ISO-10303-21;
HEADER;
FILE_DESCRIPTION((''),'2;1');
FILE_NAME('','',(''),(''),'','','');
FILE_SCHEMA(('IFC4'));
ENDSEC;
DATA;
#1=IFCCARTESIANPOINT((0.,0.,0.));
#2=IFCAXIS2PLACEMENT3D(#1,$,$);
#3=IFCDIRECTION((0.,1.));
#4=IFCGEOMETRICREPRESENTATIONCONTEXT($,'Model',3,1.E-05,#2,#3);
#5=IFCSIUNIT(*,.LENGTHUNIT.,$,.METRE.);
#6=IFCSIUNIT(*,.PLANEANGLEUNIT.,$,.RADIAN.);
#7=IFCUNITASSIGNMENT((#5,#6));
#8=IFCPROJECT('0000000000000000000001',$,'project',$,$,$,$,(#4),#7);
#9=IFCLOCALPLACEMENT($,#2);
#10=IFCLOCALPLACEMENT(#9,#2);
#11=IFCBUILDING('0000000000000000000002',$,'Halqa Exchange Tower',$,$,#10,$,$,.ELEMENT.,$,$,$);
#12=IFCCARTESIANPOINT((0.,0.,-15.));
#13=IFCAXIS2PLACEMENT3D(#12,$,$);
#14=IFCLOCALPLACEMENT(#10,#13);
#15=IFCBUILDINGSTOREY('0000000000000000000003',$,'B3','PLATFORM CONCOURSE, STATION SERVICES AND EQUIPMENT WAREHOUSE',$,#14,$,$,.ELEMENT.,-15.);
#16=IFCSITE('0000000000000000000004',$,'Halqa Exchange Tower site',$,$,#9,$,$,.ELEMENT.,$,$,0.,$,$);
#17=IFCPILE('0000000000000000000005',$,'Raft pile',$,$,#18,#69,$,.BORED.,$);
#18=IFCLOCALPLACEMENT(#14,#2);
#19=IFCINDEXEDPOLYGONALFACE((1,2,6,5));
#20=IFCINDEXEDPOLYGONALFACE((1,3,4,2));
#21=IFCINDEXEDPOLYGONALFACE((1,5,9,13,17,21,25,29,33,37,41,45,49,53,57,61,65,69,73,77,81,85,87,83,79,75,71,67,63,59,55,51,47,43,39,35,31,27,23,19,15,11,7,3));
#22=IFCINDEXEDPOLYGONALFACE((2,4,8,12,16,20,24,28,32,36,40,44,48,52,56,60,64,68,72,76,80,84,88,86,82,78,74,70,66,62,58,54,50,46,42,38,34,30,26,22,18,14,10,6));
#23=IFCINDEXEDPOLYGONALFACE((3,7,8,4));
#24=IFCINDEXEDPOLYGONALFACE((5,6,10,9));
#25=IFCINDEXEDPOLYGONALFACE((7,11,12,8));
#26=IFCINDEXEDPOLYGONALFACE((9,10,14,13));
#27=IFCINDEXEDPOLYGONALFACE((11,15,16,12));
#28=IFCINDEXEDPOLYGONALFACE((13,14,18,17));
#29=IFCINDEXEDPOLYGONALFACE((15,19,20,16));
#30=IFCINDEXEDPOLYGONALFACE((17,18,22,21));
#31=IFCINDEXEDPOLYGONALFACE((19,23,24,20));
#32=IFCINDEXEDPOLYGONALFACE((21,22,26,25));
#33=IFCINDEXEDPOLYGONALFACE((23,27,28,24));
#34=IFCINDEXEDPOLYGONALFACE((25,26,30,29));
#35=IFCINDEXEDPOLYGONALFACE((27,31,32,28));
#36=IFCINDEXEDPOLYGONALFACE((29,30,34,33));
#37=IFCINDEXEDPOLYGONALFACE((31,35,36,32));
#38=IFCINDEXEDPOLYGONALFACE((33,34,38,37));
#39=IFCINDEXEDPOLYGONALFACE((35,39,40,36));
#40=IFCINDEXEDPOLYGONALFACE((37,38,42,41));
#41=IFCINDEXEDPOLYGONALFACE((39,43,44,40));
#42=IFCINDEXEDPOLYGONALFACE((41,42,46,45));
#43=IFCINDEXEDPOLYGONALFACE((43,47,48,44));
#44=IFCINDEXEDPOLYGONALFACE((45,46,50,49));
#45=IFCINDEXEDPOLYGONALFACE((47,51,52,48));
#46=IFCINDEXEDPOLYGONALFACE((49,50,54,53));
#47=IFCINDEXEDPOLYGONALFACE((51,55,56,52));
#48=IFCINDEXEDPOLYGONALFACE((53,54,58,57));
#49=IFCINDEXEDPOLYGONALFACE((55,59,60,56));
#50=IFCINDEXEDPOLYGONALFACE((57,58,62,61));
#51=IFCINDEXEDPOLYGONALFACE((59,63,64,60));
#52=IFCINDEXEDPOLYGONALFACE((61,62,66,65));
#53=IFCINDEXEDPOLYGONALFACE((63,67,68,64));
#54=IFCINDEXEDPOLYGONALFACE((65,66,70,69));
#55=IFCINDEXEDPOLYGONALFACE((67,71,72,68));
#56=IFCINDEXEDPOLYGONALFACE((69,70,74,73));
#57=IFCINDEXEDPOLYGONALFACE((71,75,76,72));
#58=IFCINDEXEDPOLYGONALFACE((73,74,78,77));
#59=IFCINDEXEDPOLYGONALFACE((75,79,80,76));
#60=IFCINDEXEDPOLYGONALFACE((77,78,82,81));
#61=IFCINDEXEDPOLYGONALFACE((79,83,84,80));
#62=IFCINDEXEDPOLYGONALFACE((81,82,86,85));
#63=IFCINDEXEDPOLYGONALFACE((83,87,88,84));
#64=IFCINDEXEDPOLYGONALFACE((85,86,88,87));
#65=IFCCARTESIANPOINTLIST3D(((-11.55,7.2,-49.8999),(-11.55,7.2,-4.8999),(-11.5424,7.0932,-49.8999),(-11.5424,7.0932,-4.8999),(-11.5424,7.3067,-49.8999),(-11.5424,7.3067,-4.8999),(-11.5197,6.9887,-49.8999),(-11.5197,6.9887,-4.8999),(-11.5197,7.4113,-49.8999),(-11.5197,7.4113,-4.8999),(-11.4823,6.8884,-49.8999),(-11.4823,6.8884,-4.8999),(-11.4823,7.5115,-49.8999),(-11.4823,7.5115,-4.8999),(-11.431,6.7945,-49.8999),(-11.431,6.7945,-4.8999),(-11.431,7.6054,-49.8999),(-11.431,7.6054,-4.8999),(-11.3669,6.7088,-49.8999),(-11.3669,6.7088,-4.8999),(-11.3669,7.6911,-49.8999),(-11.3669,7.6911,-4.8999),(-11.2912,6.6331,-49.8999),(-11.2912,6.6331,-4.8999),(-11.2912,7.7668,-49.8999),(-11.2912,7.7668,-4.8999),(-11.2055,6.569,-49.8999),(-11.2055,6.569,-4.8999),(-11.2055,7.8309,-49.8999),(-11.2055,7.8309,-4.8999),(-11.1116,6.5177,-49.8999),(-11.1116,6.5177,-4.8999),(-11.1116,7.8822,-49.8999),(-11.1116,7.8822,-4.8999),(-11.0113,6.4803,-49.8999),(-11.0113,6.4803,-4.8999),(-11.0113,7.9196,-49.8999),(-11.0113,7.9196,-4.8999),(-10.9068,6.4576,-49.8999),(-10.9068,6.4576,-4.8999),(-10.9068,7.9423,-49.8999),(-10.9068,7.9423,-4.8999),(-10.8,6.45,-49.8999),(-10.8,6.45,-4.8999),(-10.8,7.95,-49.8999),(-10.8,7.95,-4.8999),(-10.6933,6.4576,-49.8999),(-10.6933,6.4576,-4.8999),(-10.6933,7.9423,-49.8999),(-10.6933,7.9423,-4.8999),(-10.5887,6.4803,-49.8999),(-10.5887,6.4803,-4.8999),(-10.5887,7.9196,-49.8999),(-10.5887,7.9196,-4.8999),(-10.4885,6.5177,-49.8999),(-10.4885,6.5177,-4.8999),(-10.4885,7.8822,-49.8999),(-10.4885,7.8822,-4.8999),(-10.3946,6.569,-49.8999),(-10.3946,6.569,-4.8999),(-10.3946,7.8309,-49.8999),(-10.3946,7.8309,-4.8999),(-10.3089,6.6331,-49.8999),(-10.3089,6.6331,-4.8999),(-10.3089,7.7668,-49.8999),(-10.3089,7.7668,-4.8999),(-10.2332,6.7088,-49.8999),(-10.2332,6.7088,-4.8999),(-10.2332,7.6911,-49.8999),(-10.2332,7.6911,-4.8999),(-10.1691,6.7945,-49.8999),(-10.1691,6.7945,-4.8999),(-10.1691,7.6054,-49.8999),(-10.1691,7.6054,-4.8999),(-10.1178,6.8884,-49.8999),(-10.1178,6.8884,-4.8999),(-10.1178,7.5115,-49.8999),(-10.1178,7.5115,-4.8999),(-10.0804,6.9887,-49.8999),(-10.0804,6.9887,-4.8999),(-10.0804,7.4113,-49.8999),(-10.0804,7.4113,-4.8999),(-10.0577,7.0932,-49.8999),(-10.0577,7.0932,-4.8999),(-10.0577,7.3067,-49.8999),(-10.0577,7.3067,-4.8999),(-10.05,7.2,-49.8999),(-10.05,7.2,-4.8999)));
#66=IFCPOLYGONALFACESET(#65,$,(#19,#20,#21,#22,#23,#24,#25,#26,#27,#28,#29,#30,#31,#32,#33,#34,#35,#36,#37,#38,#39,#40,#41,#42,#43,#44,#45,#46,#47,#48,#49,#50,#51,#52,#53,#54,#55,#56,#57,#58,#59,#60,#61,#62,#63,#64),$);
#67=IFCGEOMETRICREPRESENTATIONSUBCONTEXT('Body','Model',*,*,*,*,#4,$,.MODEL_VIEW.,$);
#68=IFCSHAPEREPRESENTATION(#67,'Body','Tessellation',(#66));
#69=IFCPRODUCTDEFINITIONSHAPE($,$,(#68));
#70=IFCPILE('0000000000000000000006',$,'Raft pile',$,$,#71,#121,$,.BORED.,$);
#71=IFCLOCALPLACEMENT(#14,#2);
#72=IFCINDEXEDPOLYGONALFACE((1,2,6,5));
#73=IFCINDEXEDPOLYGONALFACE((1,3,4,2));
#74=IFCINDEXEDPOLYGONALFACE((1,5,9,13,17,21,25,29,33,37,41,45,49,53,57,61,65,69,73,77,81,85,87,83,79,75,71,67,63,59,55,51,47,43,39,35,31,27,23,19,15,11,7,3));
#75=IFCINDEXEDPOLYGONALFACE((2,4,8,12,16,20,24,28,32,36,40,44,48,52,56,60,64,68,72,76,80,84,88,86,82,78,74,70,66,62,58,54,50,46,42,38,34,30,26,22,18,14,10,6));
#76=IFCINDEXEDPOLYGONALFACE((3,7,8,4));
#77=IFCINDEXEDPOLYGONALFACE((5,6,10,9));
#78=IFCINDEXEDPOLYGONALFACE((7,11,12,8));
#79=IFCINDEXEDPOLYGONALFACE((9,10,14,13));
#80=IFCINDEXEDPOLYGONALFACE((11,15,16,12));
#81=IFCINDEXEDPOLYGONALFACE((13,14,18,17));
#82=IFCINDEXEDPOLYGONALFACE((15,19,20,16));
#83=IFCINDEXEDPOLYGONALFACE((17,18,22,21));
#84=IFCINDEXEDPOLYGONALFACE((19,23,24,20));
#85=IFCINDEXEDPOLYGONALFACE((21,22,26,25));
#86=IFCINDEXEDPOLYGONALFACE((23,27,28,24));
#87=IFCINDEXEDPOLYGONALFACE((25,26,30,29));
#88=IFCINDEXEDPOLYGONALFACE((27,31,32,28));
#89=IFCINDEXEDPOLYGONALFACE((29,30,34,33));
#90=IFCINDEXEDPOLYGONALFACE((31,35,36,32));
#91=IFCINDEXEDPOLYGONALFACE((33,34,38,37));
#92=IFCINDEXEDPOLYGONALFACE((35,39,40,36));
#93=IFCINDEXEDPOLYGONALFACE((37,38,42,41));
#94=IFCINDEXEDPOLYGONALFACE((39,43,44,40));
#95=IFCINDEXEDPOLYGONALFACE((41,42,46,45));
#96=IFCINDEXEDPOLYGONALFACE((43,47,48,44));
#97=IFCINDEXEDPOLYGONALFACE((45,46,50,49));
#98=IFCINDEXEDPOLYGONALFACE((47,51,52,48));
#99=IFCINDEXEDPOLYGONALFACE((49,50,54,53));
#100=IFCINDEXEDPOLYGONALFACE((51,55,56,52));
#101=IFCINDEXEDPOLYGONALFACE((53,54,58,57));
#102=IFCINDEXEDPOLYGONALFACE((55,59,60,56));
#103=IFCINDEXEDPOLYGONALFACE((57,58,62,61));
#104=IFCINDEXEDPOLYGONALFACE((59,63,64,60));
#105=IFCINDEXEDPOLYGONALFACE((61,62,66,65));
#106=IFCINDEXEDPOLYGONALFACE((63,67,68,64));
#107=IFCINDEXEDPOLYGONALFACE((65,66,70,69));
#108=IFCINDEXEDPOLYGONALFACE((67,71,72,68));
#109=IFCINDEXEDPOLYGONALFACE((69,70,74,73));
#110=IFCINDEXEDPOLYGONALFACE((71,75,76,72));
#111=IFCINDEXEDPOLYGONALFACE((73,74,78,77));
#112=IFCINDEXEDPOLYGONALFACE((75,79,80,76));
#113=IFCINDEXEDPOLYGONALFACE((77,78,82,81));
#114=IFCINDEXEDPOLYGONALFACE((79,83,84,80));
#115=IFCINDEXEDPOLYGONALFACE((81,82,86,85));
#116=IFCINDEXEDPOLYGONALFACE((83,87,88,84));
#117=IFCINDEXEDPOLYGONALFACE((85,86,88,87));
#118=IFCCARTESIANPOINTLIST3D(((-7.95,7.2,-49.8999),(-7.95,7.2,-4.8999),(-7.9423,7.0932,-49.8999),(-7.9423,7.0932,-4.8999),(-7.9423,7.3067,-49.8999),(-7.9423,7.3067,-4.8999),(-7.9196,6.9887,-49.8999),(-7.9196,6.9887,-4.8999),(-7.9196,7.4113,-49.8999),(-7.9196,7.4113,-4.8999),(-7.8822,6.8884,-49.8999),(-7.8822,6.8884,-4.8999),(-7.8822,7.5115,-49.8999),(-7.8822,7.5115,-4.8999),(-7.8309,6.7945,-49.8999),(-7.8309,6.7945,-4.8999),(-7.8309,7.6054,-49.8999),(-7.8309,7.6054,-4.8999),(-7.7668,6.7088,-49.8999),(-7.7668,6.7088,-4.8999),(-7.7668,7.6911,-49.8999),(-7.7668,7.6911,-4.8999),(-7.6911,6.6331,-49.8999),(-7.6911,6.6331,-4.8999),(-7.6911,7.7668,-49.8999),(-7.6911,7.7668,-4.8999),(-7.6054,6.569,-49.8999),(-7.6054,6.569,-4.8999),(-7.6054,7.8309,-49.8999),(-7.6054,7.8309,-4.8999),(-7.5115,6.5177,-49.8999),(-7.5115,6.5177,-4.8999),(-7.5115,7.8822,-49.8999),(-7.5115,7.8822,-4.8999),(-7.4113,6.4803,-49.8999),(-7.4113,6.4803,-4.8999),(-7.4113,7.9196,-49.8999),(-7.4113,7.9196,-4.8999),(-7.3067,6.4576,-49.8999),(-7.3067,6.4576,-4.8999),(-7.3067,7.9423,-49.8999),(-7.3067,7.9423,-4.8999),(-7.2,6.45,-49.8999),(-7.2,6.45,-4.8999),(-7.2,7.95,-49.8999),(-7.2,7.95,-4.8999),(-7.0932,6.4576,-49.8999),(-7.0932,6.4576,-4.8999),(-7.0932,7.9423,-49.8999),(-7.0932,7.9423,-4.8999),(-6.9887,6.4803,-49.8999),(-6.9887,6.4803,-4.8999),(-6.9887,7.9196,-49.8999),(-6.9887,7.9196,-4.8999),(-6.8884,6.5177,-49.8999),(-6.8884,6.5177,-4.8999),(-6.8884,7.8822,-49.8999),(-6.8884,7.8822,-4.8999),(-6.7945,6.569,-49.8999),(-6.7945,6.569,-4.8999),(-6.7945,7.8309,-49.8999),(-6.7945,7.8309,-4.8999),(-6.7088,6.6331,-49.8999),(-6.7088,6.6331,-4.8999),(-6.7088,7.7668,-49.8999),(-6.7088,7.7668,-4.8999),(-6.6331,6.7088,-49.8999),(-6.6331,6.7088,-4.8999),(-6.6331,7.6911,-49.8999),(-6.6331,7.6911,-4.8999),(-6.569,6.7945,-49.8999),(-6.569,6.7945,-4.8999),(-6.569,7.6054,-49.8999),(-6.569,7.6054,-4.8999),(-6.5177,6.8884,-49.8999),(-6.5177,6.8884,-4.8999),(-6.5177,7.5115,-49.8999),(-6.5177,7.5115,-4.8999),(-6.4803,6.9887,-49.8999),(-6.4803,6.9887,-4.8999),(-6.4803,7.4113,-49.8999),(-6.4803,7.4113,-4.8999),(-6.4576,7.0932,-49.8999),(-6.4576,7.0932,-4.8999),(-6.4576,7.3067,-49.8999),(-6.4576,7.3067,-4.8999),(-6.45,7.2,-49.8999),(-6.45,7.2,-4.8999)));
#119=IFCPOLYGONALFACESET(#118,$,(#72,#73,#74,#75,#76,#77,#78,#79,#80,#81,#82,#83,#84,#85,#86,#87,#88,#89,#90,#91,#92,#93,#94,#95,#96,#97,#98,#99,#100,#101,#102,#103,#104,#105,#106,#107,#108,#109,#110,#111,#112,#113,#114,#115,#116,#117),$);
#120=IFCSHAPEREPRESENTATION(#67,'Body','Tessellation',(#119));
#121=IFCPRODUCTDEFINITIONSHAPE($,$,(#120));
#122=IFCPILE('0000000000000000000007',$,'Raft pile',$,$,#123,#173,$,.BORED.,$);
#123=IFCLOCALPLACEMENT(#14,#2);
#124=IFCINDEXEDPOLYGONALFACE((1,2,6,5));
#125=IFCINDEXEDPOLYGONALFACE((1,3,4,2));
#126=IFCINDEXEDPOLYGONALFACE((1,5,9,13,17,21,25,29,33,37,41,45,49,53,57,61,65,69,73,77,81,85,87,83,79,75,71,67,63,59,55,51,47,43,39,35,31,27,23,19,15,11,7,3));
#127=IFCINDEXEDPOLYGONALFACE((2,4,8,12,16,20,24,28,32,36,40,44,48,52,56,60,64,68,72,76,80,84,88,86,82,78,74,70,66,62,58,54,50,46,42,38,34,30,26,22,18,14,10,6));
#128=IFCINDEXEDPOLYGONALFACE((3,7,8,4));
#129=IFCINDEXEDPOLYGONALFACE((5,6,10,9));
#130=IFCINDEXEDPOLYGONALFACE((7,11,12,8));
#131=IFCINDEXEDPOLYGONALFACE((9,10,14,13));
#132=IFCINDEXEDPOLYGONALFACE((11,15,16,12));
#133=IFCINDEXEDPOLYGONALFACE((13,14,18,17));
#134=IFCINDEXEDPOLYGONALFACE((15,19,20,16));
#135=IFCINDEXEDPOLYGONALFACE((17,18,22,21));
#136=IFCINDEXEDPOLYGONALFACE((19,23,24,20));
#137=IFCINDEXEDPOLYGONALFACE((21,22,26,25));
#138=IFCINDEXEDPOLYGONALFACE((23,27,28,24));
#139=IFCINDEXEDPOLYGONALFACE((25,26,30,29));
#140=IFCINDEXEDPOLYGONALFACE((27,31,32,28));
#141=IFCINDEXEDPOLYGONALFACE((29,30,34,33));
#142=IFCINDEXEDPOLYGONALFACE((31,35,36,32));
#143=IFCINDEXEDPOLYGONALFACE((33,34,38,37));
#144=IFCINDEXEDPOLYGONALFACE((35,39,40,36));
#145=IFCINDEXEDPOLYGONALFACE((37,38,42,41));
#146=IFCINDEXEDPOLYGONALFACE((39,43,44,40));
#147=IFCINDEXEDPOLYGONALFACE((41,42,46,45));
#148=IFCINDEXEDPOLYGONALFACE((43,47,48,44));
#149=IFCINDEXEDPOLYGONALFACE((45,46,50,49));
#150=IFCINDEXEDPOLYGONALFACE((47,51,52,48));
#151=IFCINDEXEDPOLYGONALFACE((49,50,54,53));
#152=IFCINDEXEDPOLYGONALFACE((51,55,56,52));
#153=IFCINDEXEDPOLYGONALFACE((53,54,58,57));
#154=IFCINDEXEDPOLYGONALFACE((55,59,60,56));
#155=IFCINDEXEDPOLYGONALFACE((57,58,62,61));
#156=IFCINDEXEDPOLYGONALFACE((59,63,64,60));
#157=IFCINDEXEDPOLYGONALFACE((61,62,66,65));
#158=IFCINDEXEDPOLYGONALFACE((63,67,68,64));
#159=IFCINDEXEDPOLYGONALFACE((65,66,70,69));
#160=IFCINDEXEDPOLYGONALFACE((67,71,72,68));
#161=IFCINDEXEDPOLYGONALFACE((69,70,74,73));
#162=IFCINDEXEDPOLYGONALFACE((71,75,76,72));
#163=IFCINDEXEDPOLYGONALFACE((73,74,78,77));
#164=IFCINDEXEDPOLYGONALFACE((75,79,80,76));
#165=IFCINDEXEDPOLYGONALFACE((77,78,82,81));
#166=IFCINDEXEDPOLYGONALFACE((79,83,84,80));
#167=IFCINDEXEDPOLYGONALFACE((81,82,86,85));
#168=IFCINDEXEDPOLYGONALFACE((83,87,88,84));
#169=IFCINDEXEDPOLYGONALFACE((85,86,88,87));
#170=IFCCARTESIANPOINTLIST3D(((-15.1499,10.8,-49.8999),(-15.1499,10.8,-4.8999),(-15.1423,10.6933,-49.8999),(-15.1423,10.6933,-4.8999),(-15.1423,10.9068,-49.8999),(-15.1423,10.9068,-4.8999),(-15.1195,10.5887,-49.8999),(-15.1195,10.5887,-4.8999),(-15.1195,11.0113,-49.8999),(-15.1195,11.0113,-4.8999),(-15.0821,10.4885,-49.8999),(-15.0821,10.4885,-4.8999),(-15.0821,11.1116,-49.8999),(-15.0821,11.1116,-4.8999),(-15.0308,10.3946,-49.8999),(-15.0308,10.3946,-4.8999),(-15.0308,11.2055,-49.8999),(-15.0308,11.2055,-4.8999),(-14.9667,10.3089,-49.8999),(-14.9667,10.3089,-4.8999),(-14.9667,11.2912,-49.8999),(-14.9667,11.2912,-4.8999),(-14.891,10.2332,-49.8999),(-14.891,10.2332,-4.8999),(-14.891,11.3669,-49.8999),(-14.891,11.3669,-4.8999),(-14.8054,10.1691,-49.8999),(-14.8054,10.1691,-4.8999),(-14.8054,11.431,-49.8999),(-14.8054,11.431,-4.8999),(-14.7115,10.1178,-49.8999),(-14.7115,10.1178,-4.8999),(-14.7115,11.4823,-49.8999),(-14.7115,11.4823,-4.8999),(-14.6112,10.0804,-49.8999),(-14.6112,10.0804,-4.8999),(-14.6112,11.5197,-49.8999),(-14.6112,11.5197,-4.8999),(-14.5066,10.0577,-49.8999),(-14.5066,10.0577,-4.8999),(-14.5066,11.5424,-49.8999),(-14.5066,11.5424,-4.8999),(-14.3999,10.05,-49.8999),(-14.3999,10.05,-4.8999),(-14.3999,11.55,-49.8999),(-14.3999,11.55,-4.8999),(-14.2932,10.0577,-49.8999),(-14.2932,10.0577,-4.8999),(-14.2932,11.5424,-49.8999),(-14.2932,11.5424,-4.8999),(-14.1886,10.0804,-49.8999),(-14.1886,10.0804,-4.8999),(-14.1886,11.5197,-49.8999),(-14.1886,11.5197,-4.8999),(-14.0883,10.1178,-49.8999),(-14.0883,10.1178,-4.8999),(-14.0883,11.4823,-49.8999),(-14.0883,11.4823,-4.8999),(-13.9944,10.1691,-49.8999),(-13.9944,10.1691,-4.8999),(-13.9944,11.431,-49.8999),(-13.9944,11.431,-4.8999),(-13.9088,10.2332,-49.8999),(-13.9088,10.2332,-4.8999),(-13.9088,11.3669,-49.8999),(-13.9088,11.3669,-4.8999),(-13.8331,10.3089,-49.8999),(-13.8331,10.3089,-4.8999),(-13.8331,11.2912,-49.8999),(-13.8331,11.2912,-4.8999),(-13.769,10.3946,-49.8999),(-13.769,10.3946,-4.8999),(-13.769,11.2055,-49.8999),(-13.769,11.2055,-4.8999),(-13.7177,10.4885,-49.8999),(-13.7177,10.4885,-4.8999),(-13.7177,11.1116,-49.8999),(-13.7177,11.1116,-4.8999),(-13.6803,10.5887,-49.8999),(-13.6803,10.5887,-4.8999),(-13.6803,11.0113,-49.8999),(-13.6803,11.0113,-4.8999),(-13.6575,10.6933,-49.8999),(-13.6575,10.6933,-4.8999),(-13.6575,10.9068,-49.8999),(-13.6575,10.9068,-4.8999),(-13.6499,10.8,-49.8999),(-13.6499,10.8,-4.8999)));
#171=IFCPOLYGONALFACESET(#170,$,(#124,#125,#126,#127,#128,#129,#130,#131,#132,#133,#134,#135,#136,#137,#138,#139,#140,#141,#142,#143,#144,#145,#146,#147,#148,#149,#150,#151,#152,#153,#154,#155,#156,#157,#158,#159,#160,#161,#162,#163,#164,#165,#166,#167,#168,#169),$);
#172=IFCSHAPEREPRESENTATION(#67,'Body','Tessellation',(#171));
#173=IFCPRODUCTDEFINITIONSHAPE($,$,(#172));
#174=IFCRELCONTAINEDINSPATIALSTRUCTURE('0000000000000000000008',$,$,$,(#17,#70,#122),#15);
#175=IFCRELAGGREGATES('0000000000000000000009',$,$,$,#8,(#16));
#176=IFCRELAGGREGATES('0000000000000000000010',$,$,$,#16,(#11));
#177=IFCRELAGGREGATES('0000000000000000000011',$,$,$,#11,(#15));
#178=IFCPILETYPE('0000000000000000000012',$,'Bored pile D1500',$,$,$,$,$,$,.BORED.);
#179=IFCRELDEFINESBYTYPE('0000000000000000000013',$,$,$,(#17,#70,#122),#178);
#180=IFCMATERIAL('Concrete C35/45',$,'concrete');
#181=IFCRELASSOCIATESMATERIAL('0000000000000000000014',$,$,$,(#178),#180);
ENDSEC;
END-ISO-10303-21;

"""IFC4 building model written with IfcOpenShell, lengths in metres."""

from ifc_helpers import new_model, si_unit, direction, frame, origin, origin_2d, place, context, subcontext, project, spatial, circle, extrude, material, material_profile, profile_set, type_object, element, save


model = new_model("IFC4")

# Units and contexts
model_context = context("Model", 3, precision=1e-05, world=origin(), true_north=direction((0.0, 1.0)))
body_context = subcontext(model_context, "Body", "Model", "MODEL_VIEW")
ifc_project = project(units=[si_unit("LENGTHUNIT", "METRE"), si_unit("PLANEANGLEUNIT", "RADIAN")], contexts=[model_context])

# Site, building, storey
site_placement = place(None, origin())
site = spatial("IfcSite", under=ifc_project, at=site_placement, Name="Halqa Exchange Tower site", CompositionType="ELEMENT", RefElevation=0.0)
building_placement = place(site_placement, origin())
building = spatial("IfcBuilding", under=site, at=building_placement, Name="Halqa Exchange Tower", CompositionType="ELEMENT")
storey_placement = place(building_placement, frame((0.0, 0.0, -15.0)))
storey = spatial("IfcBuildingStorey", under=building, at=storey_placement, Name="B3", Description="PLATFORM CONCOURSE, STATION SERVICES AND EQUIPMENT WAREHOUSE", CompositionType="ELEMENT", Elevation=-15.0)

# Piles
ifc_material_1 = material(Name="Concrete C35/45", Category="concrete")
ifc_material_profile_1 = material_profile(ifc_material_1, circle(Radius=0.75, at=origin_2d()), Name="D1500")
ifc_profile_set_1 = profile_set([ifc_material_profile_1], Name="Concrete C35/45")
pile_type_1 = type_object("IfcPileType", Name="Bored pile D1500", PredefinedType="BORED", material=ifc_profile_set_1)
for number, where, z_axis, x_axis, name in (
    (1, (-10.8, 7.2, -4.8999), (0.0, 0.0, -1.0), (1.0, 0.0, 0.0), "Raft pile"),
    (2, (-7.2, 7.2, -4.8999), (0.0, 0.0, -1.0), (1.0, 0.0, 0.0), "Raft pile"),
    (3, (-14.3999, 10.8, -4.8999), (0.0, 0.0, -1.0), (1.0, 0.0, 0.0), "Raft pile"),
):
    element("IfcPile", number, at=place(storey_placement, frame(where, z_axis=z_axis, x_axis=x_axis)), inside=storey, type_object=pile_type_1, Name=name, PredefinedType="BORED", context=body_context, shape_type="SweptSolid", body=[
        extrude(circle(Radius=0.75, at=origin_2d()), origin(), (0.0, 0.0, 1.0), 45.0),
    ])

save(model, "model.ifc")
